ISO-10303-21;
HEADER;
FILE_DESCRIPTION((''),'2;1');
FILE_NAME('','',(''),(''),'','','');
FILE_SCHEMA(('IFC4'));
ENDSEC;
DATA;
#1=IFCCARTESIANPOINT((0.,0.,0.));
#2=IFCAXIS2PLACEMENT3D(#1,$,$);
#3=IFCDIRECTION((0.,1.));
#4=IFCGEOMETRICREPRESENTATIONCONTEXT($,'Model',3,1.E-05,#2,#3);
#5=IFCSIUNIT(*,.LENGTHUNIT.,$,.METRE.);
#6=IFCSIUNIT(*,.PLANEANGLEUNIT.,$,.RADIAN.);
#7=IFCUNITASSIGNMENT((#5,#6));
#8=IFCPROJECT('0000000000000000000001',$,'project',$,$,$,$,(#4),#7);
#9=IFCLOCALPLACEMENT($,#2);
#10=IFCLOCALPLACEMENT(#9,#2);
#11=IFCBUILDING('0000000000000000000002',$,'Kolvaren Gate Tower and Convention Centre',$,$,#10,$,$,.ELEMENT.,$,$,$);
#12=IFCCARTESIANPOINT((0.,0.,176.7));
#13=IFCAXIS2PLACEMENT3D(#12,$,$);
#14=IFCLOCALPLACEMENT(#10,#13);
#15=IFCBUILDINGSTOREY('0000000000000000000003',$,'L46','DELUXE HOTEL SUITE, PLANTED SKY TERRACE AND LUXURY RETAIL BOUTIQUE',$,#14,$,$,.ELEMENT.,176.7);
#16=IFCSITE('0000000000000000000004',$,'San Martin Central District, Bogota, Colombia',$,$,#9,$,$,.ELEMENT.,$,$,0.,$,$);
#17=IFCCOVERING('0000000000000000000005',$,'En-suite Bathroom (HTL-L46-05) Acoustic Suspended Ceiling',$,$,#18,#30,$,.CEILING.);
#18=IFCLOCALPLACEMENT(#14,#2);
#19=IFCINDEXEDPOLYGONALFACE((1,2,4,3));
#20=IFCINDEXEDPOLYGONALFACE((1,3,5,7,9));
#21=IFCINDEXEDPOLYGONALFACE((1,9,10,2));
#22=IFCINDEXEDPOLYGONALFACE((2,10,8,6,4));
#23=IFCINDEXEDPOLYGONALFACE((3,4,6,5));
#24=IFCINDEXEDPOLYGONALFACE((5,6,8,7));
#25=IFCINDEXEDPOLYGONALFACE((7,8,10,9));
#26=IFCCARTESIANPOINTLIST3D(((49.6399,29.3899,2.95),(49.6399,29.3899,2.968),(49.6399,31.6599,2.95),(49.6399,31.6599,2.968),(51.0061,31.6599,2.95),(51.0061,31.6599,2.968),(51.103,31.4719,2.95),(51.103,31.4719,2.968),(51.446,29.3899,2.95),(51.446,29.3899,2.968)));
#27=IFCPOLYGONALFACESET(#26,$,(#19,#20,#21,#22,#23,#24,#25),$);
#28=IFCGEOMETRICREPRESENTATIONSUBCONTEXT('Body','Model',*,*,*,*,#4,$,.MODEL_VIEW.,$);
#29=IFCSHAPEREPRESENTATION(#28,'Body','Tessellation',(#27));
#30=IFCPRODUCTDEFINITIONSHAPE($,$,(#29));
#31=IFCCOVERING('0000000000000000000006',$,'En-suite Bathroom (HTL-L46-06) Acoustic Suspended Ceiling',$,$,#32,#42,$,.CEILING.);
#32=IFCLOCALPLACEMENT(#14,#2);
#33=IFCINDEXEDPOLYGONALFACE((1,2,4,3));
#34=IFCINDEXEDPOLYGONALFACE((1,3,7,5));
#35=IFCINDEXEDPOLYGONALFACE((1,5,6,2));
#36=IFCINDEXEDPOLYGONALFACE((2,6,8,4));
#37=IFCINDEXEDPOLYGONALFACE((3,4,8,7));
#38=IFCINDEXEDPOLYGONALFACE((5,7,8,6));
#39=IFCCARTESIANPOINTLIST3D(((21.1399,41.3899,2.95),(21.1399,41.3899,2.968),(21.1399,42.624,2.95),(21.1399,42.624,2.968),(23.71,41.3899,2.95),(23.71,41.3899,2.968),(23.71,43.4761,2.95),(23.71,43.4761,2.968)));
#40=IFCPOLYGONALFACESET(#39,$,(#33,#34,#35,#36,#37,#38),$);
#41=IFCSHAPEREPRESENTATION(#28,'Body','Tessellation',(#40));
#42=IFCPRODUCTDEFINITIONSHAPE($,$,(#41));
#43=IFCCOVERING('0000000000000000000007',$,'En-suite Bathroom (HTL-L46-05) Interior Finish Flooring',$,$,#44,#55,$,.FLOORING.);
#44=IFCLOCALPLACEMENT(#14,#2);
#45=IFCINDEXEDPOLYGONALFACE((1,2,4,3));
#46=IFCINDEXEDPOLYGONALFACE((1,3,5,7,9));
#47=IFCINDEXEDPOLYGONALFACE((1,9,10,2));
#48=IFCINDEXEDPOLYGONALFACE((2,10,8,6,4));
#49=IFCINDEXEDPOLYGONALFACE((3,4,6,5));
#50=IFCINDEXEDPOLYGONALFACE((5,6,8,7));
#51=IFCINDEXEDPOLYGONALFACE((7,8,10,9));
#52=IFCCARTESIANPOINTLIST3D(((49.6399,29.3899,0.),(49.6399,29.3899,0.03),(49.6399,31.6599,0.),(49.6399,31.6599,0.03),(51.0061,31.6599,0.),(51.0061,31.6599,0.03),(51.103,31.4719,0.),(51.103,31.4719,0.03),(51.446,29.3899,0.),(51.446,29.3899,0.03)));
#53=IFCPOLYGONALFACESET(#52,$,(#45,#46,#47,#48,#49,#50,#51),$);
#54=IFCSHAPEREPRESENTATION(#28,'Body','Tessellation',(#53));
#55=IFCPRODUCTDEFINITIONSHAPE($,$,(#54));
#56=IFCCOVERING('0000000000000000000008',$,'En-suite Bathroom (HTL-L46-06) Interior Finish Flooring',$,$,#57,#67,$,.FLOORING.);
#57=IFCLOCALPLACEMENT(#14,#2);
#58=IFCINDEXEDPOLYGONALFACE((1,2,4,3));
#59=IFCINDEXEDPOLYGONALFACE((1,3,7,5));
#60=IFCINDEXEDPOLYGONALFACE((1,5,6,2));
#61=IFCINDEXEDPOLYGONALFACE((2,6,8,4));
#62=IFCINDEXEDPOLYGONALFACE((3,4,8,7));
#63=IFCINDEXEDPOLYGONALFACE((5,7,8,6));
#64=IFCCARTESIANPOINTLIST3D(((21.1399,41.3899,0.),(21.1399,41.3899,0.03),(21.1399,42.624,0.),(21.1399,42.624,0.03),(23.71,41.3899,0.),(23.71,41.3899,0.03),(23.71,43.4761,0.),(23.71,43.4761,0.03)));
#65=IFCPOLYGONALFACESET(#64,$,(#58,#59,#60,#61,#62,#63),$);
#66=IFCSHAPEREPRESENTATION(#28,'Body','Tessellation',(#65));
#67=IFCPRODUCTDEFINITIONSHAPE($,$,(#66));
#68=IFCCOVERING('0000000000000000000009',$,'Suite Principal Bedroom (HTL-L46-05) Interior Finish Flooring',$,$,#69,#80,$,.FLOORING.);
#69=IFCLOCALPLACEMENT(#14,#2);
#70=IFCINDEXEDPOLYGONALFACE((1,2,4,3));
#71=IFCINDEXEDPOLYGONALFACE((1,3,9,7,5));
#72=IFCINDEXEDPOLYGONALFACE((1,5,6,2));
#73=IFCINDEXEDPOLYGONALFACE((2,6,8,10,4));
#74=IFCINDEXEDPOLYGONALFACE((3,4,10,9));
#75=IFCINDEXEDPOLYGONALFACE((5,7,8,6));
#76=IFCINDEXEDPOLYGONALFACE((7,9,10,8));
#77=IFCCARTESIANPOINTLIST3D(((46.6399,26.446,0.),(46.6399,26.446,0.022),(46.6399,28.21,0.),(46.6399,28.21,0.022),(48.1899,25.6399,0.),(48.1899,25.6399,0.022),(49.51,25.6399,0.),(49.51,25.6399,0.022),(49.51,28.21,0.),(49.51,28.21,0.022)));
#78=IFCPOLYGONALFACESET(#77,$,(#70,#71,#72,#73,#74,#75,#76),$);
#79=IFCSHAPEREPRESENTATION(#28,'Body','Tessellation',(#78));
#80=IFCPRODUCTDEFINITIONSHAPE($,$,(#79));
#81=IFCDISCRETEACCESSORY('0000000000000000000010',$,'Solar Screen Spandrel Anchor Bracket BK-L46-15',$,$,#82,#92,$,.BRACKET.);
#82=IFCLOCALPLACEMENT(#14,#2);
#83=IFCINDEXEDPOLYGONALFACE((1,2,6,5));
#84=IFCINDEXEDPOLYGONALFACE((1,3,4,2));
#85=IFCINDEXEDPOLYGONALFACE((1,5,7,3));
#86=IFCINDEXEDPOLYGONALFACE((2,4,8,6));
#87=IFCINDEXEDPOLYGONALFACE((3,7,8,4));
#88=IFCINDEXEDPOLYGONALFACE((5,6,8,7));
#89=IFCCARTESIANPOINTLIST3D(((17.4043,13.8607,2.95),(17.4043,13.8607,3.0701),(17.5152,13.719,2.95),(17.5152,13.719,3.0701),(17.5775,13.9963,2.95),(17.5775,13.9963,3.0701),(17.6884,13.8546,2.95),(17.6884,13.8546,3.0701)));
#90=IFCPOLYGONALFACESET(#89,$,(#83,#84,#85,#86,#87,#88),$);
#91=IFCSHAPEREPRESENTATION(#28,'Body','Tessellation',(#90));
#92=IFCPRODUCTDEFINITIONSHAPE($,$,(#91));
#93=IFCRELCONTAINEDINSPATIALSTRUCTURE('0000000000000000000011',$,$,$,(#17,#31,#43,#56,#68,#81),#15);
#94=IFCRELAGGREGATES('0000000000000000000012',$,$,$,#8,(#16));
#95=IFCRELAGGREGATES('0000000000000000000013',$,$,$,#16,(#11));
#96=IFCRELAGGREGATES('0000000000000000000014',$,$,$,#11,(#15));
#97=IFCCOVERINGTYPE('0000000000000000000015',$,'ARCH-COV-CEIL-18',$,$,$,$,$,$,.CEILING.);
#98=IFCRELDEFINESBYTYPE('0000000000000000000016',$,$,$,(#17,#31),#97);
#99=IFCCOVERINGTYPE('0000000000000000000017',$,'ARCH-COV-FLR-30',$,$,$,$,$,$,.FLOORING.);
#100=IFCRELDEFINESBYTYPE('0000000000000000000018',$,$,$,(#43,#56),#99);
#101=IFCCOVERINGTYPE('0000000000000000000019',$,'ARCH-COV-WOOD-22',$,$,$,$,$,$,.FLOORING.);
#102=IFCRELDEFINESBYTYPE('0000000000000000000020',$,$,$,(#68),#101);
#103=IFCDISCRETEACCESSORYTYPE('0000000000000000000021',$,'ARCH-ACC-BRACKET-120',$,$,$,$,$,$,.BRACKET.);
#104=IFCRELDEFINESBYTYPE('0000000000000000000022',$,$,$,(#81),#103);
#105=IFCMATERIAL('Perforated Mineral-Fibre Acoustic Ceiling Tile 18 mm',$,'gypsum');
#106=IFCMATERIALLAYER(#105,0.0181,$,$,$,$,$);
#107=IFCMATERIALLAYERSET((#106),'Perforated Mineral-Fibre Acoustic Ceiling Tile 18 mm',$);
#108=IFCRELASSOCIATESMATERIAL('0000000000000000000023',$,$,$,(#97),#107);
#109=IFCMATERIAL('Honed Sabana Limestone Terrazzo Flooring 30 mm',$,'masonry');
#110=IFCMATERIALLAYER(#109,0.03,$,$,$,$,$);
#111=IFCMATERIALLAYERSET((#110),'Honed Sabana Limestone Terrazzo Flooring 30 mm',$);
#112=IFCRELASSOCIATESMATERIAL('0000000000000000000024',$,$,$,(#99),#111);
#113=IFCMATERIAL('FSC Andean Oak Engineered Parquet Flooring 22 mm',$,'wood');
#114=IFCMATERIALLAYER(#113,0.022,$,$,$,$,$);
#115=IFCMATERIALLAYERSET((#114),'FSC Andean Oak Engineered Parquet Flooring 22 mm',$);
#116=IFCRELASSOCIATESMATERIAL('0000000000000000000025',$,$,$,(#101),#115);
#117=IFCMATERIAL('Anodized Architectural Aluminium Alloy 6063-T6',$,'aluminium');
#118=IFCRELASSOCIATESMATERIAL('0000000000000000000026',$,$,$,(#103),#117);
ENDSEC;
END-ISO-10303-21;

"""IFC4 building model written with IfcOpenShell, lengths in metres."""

from ifc_helpers import new_model, si_unit, direction, frame, origin, origin_2d, place, context, subcontext, project, spatial, polyline, rectangle, outline, extrude, material, layer, layer_set, type_object, element, save


model = new_model("IFC4")

# Units and contexts
model_context = context("Model", 3, precision=1e-05, world=origin(), true_north=direction((0.0, 1.0)))
body_context = subcontext(model_context, "Body", "Model", "MODEL_VIEW")
ifc_project = project(units=[si_unit("LENGTHUNIT", "METRE"), si_unit("PLANEANGLEUNIT", "RADIAN")], contexts=[model_context])

# Site, building, storey
site_placement = place(None, origin())
site = spatial("IfcSite", under=ifc_project, at=site_placement, Name="San Martin Central District, Bogota, Colombia", CompositionType="ELEMENT", RefElevation=0.0)
building_placement = place(site_placement, origin())
building = spatial("IfcBuilding", under=site, at=building_placement, Name="Kolvaren Gate Tower and Convention Centre", CompositionType="ELEMENT")
storey_placement = place(building_placement, frame((0.0, 0.0, 176.7)))
storey = spatial("IfcBuildingStorey", under=building, at=storey_placement, Name="L46", Description="DELUXE HOTEL SUITE, PLANTED SKY TERRACE AND LUXURY RETAIL BOUTIQUE", CompositionType="ELEMENT", Elevation=176.7)

# Shared definitions
ifc_material_1 = material(Name="Anodized Architectural Aluminium Alloy 6063-T6", Category="aluminium")

# Coverings
ifc_material_2 = material(Name="Perforated Mineral-Fibre Acoustic Ceiling Tile 18 mm", Category="gypsum")
ifc_layer_1 = layer(ifc_material_2, 0.0181)
ifc_layer_set_1 = layer_set([ifc_layer_1], Name="Perforated Mineral-Fibre Acoustic Ceiling Tile 18 mm")
covering_type_1 = type_object("IfcCoveringType", Name="ARCH-COV-CEIL-18", PredefinedType="CEILING", material=ifc_layer_set_1)
covering_1_placement = place(storey_placement, frame((0.0, 0.0, 2.95)))
element("IfcCovering", 1, at=covering_1_placement, inside=storey, type_object=covering_type_1, Name="En-suite Bathroom (HTL-L46-05) Acoustic Suspended Ceiling", PredefinedType="CEILING", context=body_context, shape_type="SweptSolid", body=[
    extrude(outline(polyline([(49.6399, 29.3899), (49.6399, 31.6599), (51.0061, 31.6599), (51.103, 31.4719), (51.446, 29.3899), (49.6399, 29.3899)])), origin(), (0.0, 0.0, 1.0), 0.0181),
])
covering_2_placement = place(storey_placement, frame((0.0, 0.0, 2.95)))
element("IfcCovering", 2, at=covering_2_placement, inside=storey, type_object=covering_type_1, Name="En-suite Bathroom (HTL-L46-06) Acoustic Suspended Ceiling", PredefinedType="CEILING", context=body_context, shape_type="SweptSolid", body=[
    extrude(outline(polyline([(23.71, 41.3899), (21.1399, 41.3899), (21.1399, 42.624), (23.71, 43.4761), (23.71, 41.3899)])), origin(), (0.0, 0.0, 1.0), 0.0181),
])
ifc_material_3 = material(Name="Honed Sabana Limestone Terrazzo Flooring 30 mm", Category="masonry")
ifc_layer_2 = layer(ifc_material_3, 0.03)
ifc_layer_set_2 = layer_set([ifc_layer_2], Name="Honed Sabana Limestone Terrazzo Flooring 30 mm")
covering_type_2 = type_object("IfcCoveringType", Name="ARCH-COV-FLR-30", PredefinedType="FLOORING", material=ifc_layer_set_2)
covering_3_placement = place(storey_placement, origin())
element("IfcCovering", 3, at=covering_3_placement, inside=storey, type_object=covering_type_2, Name="En-suite Bathroom (HTL-L46-05) Interior Finish Flooring", PredefinedType="FLOORING", context=body_context, shape_type="SweptSolid", body=[
    extrude(outline(polyline([(49.6399, 29.3899), (49.6399, 31.6599), (51.0061, 31.6599), (51.103, 31.4719), (51.446, 29.3899), (49.6399, 29.3899)])), origin(), (0.0, 0.0, 1.0), 0.03),
])
covering_4_placement = place(storey_placement, origin())
element("IfcCovering", 4, at=covering_4_placement, inside=storey, type_object=covering_type_2, Name="En-suite Bathroom (HTL-L46-06) Interior Finish Flooring", PredefinedType="FLOORING", context=body_context, shape_type="SweptSolid", body=[
    extrude(outline(polyline([(23.71, 41.3899), (21.1399, 41.3899), (21.1399, 42.624), (23.71, 43.4761), (23.71, 41.3899)])), origin(), (0.0, 0.0, 1.0), 0.03),
])
ifc_material_4 = material(Name="FSC Andean Oak Engineered Parquet Flooring 22 mm", Category="wood")
ifc_layer_3 = layer(ifc_material_4, 0.022)
ifc_layer_set_3 = layer_set([ifc_layer_3], Name="FSC Andean Oak Engineered Parquet Flooring 22 mm")
covering_type_3 = type_object("IfcCoveringType", Name="ARCH-COV-WOOD-22", PredefinedType="FLOORING", material=ifc_layer_set_3)
covering_5_placement = place(storey_placement, origin())
element("IfcCovering", 5, at=covering_5_placement, inside=storey, type_object=covering_type_3, Name="Suite Principal Bedroom (HTL-L46-05) Interior Finish Flooring", PredefinedType="FLOORING", context=body_context, shape_type="SweptSolid", body=[
    extrude(outline(polyline([(46.6399, 28.21), (49.51, 28.21), (49.51, 25.6399), (48.1899, 25.6399), (46.6399, 26.446), (46.6399, 28.21)])), origin(), (0.0, 0.0, 1.0), 0.022),
])

# Discrete accessory
discrete_accessory_type = type_object("IfcDiscreteAccessoryType", Name="ARCH-ACC-BRACKET-120", PredefinedType="BRACKET", material=ifc_material_1)
discrete_accessory_placement = place(storey_placement, frame((17.5464, 13.8577, 2.95), z_axis=(0.0, 0.0, 1.0), x_axis=(0.616434, -0.787406, 0.0)))
element("IfcDiscreteAccessory", 6, at=discrete_accessory_placement, inside=storey, type_object=discrete_accessory_type, Name="Solar Screen Spandrel Anchor Bracket BK-L46-15", PredefinedType="BRACKET", context=body_context, shape_type="SweptSolid", body=[
    extrude(rectangle(XDim=0.1799, YDim=0.22, at=origin_2d()), origin(), (0.0, 0.0, 1.0), 0.1201),
])

save(model, "model.ifc")
